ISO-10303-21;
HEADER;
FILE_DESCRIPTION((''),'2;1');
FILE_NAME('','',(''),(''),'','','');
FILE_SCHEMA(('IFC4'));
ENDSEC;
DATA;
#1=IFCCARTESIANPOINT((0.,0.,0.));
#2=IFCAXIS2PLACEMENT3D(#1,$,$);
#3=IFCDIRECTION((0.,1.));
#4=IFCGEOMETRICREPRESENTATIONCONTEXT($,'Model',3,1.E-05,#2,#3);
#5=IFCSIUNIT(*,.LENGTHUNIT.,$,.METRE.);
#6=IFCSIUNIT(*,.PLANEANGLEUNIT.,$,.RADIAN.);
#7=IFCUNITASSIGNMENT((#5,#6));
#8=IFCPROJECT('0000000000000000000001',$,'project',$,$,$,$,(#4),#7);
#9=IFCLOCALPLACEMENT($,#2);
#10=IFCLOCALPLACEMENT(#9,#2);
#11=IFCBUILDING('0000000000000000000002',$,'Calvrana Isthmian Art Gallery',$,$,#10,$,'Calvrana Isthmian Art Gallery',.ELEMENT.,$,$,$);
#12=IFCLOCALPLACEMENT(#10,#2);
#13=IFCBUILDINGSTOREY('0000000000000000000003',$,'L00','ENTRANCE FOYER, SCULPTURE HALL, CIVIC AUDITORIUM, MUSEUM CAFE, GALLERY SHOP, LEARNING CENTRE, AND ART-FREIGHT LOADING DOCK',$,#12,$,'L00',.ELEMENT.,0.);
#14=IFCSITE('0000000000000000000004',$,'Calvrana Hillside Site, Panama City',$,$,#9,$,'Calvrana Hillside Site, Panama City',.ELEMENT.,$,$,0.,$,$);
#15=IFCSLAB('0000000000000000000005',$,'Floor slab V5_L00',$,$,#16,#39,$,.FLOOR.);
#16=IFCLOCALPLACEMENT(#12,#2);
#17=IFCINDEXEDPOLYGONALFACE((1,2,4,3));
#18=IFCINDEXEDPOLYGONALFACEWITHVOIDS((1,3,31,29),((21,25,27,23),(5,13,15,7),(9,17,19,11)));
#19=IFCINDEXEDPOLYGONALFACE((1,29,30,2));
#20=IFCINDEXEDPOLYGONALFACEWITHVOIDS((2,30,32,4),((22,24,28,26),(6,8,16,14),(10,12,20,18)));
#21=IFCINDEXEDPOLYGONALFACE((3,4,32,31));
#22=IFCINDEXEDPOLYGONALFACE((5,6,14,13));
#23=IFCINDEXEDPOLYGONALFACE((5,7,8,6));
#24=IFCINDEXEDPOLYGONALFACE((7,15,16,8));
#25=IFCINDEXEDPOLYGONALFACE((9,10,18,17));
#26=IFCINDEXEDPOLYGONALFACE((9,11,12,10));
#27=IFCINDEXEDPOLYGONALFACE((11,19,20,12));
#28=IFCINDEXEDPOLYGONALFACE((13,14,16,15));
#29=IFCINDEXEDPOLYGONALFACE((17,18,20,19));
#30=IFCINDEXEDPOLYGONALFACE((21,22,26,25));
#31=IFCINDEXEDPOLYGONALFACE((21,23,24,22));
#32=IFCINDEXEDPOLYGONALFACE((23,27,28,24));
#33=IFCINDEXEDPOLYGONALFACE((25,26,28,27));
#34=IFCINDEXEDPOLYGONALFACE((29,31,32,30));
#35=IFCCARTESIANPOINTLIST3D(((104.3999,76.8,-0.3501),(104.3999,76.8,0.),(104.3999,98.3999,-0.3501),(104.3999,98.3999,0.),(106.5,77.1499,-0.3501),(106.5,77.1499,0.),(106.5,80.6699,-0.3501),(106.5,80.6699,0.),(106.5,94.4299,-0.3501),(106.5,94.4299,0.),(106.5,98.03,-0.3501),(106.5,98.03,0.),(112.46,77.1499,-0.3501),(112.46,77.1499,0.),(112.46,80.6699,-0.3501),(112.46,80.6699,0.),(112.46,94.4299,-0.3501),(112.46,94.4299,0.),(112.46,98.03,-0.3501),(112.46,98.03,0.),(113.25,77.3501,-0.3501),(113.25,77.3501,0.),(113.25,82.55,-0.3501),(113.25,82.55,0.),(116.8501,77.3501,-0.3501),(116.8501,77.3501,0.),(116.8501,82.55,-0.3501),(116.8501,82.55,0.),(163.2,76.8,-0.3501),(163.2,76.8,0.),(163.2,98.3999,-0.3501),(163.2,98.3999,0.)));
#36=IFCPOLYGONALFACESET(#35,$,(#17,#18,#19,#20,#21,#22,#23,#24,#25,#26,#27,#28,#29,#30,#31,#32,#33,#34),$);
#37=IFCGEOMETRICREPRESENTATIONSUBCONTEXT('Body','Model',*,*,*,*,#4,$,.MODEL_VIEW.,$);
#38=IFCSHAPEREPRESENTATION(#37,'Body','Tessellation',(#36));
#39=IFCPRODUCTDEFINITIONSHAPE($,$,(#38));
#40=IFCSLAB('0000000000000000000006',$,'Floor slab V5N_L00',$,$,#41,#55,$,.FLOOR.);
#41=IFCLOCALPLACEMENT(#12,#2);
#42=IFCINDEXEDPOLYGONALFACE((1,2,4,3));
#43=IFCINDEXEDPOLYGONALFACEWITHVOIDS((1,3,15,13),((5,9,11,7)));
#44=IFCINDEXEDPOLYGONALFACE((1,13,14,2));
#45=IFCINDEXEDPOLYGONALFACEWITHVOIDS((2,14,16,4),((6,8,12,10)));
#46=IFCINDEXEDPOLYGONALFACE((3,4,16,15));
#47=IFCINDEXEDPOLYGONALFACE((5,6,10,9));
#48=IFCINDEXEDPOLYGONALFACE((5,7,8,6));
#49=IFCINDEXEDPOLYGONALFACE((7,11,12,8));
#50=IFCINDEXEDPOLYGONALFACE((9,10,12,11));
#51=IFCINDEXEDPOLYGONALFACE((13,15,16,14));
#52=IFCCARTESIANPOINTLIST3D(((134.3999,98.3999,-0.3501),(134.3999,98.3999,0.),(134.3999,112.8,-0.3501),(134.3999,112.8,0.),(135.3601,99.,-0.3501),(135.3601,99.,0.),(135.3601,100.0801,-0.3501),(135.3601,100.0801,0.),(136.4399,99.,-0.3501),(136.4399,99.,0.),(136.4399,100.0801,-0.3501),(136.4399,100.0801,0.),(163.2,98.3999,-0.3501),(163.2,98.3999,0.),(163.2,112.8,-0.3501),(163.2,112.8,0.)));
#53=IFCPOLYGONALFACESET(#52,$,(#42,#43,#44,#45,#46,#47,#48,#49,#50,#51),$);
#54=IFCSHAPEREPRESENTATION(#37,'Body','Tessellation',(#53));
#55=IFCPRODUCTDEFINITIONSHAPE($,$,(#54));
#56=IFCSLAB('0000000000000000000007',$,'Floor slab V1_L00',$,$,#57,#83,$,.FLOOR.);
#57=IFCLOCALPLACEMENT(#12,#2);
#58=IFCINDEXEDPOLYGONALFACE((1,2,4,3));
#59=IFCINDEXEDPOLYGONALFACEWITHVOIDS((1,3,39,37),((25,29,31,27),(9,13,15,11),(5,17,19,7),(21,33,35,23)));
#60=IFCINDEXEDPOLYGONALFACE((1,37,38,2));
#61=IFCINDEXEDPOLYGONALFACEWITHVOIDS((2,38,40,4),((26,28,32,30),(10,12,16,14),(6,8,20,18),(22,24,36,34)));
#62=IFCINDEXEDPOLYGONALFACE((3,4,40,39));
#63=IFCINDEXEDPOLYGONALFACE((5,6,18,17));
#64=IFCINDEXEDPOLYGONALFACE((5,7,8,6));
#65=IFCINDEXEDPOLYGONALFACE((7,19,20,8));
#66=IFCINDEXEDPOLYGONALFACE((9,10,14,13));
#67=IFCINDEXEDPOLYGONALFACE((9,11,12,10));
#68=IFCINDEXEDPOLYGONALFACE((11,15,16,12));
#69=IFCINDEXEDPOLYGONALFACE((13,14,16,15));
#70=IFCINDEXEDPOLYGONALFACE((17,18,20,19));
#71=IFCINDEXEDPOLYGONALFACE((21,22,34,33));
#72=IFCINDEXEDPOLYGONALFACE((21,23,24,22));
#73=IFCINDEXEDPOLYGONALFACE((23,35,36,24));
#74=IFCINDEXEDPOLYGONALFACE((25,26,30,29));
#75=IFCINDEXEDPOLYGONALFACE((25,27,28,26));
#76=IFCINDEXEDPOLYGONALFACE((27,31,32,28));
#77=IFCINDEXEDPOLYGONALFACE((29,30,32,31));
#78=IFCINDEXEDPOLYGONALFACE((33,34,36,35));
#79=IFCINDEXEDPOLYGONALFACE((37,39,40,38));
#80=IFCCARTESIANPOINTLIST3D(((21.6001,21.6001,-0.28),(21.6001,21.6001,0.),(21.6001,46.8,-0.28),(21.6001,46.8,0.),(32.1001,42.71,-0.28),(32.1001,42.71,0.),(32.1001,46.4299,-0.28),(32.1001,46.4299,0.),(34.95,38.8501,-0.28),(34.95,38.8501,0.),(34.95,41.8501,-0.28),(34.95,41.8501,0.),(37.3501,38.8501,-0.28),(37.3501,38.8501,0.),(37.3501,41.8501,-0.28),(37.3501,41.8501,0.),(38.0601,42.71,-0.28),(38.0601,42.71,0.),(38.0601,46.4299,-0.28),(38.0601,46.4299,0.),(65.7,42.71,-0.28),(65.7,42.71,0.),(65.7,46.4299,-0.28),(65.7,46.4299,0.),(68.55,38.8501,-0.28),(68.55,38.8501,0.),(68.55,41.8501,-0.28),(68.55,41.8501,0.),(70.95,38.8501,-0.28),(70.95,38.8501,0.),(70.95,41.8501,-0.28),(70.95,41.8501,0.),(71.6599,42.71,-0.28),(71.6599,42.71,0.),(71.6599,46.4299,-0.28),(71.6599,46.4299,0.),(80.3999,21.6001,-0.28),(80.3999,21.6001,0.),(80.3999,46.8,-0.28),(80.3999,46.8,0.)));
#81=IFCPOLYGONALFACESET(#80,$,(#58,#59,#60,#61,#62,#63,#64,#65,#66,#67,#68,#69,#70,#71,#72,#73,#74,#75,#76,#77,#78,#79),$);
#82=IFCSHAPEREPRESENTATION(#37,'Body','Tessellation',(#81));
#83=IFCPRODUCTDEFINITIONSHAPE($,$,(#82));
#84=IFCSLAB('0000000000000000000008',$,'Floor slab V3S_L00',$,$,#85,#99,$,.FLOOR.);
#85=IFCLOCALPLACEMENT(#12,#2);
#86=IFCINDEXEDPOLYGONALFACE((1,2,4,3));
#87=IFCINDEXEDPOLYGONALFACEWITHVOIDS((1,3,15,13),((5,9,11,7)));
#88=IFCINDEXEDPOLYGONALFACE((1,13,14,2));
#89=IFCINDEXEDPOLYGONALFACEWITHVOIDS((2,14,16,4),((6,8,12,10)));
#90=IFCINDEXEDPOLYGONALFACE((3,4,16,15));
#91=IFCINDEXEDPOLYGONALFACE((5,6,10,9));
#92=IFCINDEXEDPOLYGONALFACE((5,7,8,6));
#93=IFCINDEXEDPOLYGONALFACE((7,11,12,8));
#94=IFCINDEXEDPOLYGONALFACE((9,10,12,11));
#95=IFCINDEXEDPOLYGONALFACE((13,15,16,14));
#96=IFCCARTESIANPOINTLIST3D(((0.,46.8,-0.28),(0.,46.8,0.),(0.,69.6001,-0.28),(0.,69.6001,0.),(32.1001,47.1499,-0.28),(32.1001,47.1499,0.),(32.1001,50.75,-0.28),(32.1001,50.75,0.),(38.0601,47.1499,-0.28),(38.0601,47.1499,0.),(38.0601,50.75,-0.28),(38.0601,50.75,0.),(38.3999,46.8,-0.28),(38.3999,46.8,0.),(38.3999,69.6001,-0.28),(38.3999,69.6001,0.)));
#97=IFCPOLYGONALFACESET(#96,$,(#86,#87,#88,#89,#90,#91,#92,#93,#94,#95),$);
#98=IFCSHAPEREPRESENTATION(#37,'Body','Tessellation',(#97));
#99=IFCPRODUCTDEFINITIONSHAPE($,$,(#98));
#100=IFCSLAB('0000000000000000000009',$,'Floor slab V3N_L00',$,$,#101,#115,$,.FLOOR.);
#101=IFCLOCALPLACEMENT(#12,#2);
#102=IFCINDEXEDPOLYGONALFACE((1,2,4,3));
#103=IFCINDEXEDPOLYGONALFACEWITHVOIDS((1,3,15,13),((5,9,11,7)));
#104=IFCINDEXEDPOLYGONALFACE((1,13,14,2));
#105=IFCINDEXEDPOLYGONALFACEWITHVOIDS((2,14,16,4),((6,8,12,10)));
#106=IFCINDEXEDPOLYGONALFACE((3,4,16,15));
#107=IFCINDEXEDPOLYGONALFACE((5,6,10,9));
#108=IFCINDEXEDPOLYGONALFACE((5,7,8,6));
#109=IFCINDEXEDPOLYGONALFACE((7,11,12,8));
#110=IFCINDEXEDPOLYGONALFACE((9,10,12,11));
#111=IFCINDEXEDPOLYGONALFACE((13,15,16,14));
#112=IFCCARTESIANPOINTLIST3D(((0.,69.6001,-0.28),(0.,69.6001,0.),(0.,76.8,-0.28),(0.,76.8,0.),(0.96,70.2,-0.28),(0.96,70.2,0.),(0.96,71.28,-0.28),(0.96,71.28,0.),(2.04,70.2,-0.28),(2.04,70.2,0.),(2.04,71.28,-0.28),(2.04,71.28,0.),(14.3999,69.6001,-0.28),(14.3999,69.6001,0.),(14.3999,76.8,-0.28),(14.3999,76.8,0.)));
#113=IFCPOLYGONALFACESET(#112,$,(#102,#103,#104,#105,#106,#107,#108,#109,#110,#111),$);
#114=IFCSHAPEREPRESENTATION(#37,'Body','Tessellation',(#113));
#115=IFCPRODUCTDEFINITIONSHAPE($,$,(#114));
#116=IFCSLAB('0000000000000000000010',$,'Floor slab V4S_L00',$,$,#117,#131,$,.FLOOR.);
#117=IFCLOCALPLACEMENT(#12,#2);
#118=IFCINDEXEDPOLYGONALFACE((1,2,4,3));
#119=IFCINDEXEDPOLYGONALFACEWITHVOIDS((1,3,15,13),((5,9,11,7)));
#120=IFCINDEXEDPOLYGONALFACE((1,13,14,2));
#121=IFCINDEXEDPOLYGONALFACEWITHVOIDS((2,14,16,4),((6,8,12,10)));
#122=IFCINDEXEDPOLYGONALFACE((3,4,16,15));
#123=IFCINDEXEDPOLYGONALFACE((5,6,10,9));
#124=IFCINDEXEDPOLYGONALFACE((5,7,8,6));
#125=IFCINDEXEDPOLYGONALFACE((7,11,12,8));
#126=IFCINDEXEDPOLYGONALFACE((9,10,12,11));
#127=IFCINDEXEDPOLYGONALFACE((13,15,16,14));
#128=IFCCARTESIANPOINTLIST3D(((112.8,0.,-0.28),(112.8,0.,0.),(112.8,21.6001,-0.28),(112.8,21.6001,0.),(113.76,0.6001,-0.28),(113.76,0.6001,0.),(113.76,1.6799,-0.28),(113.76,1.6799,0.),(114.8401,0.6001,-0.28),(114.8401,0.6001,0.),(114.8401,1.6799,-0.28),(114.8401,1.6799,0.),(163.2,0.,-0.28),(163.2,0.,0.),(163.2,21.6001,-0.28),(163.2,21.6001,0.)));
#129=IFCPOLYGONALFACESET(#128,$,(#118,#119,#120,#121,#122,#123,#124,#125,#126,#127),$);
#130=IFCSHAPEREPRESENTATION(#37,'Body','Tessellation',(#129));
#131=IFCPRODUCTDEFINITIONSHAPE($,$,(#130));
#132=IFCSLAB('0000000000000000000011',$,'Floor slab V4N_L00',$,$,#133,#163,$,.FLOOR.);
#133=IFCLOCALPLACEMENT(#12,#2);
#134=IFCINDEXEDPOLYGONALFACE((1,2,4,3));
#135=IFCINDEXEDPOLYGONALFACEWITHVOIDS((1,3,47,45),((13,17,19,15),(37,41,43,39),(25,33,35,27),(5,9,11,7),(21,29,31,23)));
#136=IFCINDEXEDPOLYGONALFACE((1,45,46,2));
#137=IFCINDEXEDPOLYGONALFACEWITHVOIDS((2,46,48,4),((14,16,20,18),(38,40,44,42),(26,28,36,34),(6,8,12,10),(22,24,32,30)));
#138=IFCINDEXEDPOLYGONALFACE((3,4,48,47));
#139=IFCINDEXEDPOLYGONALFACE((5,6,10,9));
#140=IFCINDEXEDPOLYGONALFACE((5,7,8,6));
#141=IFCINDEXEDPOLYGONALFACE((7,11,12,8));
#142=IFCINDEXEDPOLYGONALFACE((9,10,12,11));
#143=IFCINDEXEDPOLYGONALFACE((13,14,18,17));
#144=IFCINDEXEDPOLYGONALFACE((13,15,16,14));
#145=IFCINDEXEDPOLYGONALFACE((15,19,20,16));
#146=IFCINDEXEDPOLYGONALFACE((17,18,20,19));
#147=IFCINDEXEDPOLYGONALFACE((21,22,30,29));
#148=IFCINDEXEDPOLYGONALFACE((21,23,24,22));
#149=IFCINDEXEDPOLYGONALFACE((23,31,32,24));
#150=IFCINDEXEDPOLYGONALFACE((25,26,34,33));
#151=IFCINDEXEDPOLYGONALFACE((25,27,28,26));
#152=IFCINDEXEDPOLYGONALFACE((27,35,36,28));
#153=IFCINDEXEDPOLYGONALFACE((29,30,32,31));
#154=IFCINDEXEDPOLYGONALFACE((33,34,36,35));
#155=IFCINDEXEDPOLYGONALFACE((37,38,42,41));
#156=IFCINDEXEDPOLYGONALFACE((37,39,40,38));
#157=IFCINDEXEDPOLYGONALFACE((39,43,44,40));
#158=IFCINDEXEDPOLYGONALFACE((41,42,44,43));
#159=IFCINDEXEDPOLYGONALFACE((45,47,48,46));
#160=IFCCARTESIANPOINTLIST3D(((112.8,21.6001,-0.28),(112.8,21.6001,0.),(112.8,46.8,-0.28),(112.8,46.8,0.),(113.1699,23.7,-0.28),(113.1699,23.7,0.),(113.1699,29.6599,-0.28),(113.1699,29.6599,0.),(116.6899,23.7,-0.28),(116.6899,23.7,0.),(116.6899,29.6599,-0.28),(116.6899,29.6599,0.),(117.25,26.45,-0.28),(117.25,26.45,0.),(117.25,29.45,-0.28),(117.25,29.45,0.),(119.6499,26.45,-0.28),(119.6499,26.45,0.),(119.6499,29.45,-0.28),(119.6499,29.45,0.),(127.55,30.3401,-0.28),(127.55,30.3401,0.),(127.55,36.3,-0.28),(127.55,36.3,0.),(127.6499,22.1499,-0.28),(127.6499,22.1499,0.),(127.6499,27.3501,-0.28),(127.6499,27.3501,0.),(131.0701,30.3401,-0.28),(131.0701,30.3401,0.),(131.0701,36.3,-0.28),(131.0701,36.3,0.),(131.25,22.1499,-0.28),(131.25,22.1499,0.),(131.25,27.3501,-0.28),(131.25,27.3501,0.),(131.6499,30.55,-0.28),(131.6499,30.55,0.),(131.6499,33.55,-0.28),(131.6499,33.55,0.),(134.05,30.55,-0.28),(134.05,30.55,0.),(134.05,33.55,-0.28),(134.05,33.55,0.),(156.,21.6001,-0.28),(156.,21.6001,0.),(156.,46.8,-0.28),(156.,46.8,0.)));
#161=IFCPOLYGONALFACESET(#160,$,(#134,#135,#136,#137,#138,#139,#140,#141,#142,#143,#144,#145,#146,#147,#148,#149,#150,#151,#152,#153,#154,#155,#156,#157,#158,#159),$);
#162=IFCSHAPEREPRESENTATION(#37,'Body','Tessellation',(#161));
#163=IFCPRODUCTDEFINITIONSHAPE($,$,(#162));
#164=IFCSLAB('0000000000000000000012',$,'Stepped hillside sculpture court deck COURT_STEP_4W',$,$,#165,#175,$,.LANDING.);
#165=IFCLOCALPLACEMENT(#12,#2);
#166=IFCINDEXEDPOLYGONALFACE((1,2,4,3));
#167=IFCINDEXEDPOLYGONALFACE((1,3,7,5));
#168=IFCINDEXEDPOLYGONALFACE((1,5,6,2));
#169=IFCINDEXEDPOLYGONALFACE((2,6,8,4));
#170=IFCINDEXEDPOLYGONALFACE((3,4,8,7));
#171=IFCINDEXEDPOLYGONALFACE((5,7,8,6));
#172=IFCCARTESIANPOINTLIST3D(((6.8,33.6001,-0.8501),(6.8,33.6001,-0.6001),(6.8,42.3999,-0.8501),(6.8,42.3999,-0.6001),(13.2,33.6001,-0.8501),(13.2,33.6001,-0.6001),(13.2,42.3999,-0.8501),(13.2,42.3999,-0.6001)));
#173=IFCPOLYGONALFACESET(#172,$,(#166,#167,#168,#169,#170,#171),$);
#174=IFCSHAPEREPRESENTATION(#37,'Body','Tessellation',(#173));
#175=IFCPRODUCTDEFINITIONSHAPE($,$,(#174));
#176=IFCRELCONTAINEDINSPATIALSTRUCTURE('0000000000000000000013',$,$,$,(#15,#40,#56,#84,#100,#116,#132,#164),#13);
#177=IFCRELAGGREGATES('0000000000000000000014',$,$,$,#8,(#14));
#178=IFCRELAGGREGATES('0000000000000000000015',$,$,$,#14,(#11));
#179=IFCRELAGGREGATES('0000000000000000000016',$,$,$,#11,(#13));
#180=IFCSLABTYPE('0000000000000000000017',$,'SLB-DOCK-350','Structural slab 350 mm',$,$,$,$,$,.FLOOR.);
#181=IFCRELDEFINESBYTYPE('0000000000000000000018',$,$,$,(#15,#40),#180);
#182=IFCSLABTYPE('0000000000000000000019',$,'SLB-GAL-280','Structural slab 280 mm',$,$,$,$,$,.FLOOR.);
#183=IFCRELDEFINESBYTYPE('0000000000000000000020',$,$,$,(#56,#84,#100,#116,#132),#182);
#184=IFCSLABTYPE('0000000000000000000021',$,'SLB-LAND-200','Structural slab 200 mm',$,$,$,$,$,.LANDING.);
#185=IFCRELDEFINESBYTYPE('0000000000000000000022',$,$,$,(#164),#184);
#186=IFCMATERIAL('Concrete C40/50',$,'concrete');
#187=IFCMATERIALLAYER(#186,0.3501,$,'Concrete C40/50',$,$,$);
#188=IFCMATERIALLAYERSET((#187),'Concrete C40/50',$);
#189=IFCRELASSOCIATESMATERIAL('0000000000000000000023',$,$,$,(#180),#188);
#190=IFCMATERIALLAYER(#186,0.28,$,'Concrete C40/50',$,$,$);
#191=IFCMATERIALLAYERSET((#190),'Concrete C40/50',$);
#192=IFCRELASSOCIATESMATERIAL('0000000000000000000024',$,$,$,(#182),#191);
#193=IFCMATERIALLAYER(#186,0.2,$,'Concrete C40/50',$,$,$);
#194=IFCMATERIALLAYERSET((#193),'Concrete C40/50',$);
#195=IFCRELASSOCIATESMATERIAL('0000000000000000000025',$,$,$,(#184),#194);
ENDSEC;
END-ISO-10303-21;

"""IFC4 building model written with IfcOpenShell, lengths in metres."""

from ifc_helpers import new_model, si_unit, direction, frame, origin, place, context, subcontext, project, spatial, polyline, outline, extrude, material, layer, layer_set, type_object, element, save


model = new_model("IFC4")

# Units and contexts
model_context = context("Model", 3, precision=1e-05, world=origin(), true_north=direction((0.0, 1.0)))
body_context = subcontext(model_context, "Body", "Model", "MODEL_VIEW")
ifc_project = project(units=[si_unit("LENGTHUNIT", "METRE"), si_unit("PLANEANGLEUNIT", "RADIAN")], contexts=[model_context])

# Site, building, storey
site_placement = place(None, origin())
site = spatial("IfcSite", under=ifc_project, at=site_placement, Name="Calvrana Hillside Site, Panama City", LongName="Calvrana Hillside Site, Panama City", CompositionType="ELEMENT", RefElevation=0.0)
building_placement = place(site_placement, origin())
building = spatial("IfcBuilding", under=site, at=building_placement, Name="Calvrana Isthmian Art Gallery", LongName="Calvrana Isthmian Art Gallery", CompositionType="ELEMENT")
storey_placement = place(building_placement, origin())
storey = spatial("IfcBuildingStorey", under=building, at=storey_placement, Name="L00", Description="ENTRANCE FOYER, SCULPTURE HALL, CIVIC AUDITORIUM, MUSEUM CAFE, GALLERY SHOP, LEARNING CENTRE, AND ART-FREIGHT LOADING DOCK", LongName="L00", CompositionType="ELEMENT", Elevation=0.0)

# Slabs
ifc_material_1 = material(Name="Concrete C40/50", Category="concrete")
ifc_layer_1 = layer(ifc_material_1, 0.3501, Name="Concrete C40/50")
ifc_layer_set_1 = layer_set([ifc_layer_1], Name="Concrete C40/50")
slab_type_1 = type_object("IfcSlabType", Name="SLB-DOCK-350", Description="Structural slab 350 mm", PredefinedType="FLOOR", material=ifc_layer_set_1)
slab_1_placement = place(storey_placement, frame((0.0, 0.0, -0.3501)))
element("IfcSlab", 1, at=slab_1_placement, inside=storey, type_object=slab_type_1, Name="Floor slab V5_L00", PredefinedType="FLOOR", context=body_context, shape_type="SweptSolid", body=[
    extrude(outline(polyline([(104.3999, 76.8), (163.2, 76.8), (163.2, 98.3999), (104.3999, 98.3999), (104.3999, 76.8)]), holes=[polyline([(106.5, 77.1499), (112.46, 77.1499), (112.46, 80.6699), (106.5, 80.6699), (106.5, 77.1499)]), polyline([(113.25, 77.3501), (116.8501, 77.3501), (116.8501, 82.55), (113.25, 82.55), (113.25, 77.3501)]), polyline([(106.5, 94.4299), (112.46, 94.4299), (112.46, 98.03), (106.5, 98.03), (106.5, 94.4299)])]), origin(), (0.0, 0.0, 1.0), 0.3501),
])
slab_2_placement = place(storey_placement, frame((0.0, 0.0, -0.3501)))
element("IfcSlab", 2, at=slab_2_placement, inside=storey, type_object=slab_type_1, Name="Floor slab V5N_L00", PredefinedType="FLOOR", context=body_context, shape_type="SweptSolid", body=[
    extrude(outline(polyline([(134.3999, 98.3999), (163.2, 98.3999), (163.2, 112.8), (134.3999, 112.8), (134.3999, 98.3999)]), holes=[polyline([(135.3601, 99.0), (136.4399, 99.0), (136.4399, 100.0801), (135.3601, 100.0801), (135.3601, 99.0)])]), origin(), (0.0, 0.0, 1.0), 0.3501),
])
ifc_layer_2 = layer(ifc_material_1, 0.28, Name="Concrete C40/50")
ifc_layer_set_2 = layer_set([ifc_layer_2], Name="Concrete C40/50")
slab_type_2 = type_object("IfcSlabType", Name="SLB-GAL-280", Description="Structural slab 280 mm", PredefinedType="FLOOR", material=ifc_layer_set_2)
slab_3_placement = place(storey_placement, frame((0.0, 0.0, -0.28)))
element("IfcSlab", 3, at=slab_3_placement, inside=storey, type_object=slab_type_2, Name="Floor slab V1_L00", PredefinedType="FLOOR", context=body_context, shape_type="SweptSolid", body=[
    extrude(outline(polyline([(21.6001, 21.6001), (80.3999, 21.6001), (80.3999, 46.8), (21.6001, 46.8), (21.6001, 21.6001)]), holes=[polyline([(32.1001, 42.71), (38.0601, 42.71), (38.0601, 46.4299), (32.1001, 46.4299), (32.1001, 42.71)]), polyline([(34.95, 38.8501), (37.3501, 38.8501), (37.3501, 41.8501), (34.95, 41.8501), (34.95, 38.8501)]), polyline([(65.7, 42.71), (71.6599, 42.71), (71.6599, 46.4299), (65.7, 46.4299), (65.7, 42.71)]), polyline([(68.55, 38.8501), (70.95, 38.8501), (70.95, 41.8501), (68.55, 41.8501), (68.55, 38.8501)])]), origin(), (0.0, 0.0, 1.0), 0.28),
])
slab_4_placement = place(storey_placement, frame((0.0, 0.0, -0.28)))
element("IfcSlab", 4, at=slab_4_placement, inside=storey, type_object=slab_type_2, Name="Floor slab V3S_L00", PredefinedType="FLOOR", context=body_context, shape_type="SweptSolid", body=[
    extrude(outline(polyline([(0.0, 46.8), (38.3999, 46.8), (38.3999, 69.6001), (0.0, 69.6001), (0.0, 46.8)]), holes=[polyline([(32.1001, 47.1499), (38.0601, 47.1499), (38.0601, 50.75), (32.1001, 50.75), (32.1001, 47.1499)])]), origin(), (0.0, 0.0, 1.0), 0.28),
])
slab_5_placement = place(storey_placement, frame((0.0, 0.0, -0.28)))
element("IfcSlab", 5, at=slab_5_placement, inside=storey, type_object=slab_type_2, Name="Floor slab V3N_L00", PredefinedType="FLOOR", context=body_context, shape_type="SweptSolid", body=[
    extrude(outline(polyline([(0.0, 69.6001), (14.3999, 69.6001), (14.3999, 76.8), (0.0, 76.8), (0.0, 69.6001)]), holes=[polyline([(0.96, 70.2), (2.04, 70.2), (2.04, 71.28), (0.96, 71.28), (0.96, 70.2)])]), origin(), (0.0, 0.0, 1.0), 0.28),
])
slab_6_placement = place(storey_placement, frame((0.0, 0.0, -0.28)))
element("IfcSlab", 6, at=slab_6_placement, inside=storey, type_object=slab_type_2, Name="Floor slab V4S_L00", PredefinedType="FLOOR", context=body_context, shape_type="SweptSolid", body=[
    extrude(outline(polyline([(112.8, 0.0), (163.2, 0.0), (163.2, 21.6001), (112.8, 21.6001), (112.8, 0.0)]), holes=[polyline([(113.76, 0.6001), (114.8401, 0.6001), (114.8401, 1.6799), (113.76, 1.6799), (113.76, 0.6001)])]), origin(), (0.0, 0.0, 1.0), 0.28),
])
slab_7_placement = place(storey_placement, frame((0.0, 0.0, -0.28)))
element("IfcSlab", 7, at=slab_7_placement, inside=storey, type_object=slab_type_2, Name="Floor slab V4N_L00", PredefinedType="FLOOR", context=body_context, shape_type="SweptSolid", body=[
    extrude(outline(polyline([(112.8, 21.6001), (156.0, 21.6001), (156.0, 46.8), (112.8, 46.8), (112.8, 21.6001)]), holes=[polyline([(116.6899, 23.7), (116.6899, 29.6599), (113.1699, 29.6599), (113.1699, 23.7), (116.6899, 23.7)]), polyline([(117.25, 26.45), (119.6499, 26.45), (119.6499, 29.45), (117.25, 29.45), (117.25, 26.45)]), polyline([(127.55, 36.3), (127.55, 30.3401), (131.0701, 30.3401), (131.0701, 36.3), (127.55, 36.3)]), polyline([(131.6499, 30.55), (134.05, 30.55), (134.05, 33.55), (131.6499, 33.55), (131.6499, 30.55)]), polyline([(127.6499, 22.1499), (131.25, 22.1499), (131.25, 27.3501), (127.6499, 27.3501), (127.6499, 22.1499)])]), origin(), (0.0, 0.0, 1.0), 0.28),
])
ifc_layer_3 = layer(ifc_material_1, 0.2, Name="Concrete C40/50")
ifc_layer_set_3 = layer_set([ifc_layer_3], Name="Concrete C40/50")
slab_type_3 = type_object("IfcSlabType", Name="SLB-LAND-200", Description="Structural slab 200 mm", PredefinedType="LANDING", material=ifc_layer_set_3)
slab_8_placement = place(storey_placement, frame((0.0, 0.0, -0.8501)))
element("IfcSlab", 8, at=slab_8_placement, inside=storey, type_object=slab_type_3, Name="Stepped hillside sculpture court deck COURT_STEP_4W", PredefinedType="LANDING", context=body_context, shape_type="SweptSolid", body=[
    extrude(outline(polyline([(6.8, 33.6001), (13.2, 33.6001), (13.2, 42.3999), (6.8, 42.3999), (6.8, 33.6001)])), origin(), (0.0, 0.0, 1.0), 0.25),
])

save(model, "model.ifc")
